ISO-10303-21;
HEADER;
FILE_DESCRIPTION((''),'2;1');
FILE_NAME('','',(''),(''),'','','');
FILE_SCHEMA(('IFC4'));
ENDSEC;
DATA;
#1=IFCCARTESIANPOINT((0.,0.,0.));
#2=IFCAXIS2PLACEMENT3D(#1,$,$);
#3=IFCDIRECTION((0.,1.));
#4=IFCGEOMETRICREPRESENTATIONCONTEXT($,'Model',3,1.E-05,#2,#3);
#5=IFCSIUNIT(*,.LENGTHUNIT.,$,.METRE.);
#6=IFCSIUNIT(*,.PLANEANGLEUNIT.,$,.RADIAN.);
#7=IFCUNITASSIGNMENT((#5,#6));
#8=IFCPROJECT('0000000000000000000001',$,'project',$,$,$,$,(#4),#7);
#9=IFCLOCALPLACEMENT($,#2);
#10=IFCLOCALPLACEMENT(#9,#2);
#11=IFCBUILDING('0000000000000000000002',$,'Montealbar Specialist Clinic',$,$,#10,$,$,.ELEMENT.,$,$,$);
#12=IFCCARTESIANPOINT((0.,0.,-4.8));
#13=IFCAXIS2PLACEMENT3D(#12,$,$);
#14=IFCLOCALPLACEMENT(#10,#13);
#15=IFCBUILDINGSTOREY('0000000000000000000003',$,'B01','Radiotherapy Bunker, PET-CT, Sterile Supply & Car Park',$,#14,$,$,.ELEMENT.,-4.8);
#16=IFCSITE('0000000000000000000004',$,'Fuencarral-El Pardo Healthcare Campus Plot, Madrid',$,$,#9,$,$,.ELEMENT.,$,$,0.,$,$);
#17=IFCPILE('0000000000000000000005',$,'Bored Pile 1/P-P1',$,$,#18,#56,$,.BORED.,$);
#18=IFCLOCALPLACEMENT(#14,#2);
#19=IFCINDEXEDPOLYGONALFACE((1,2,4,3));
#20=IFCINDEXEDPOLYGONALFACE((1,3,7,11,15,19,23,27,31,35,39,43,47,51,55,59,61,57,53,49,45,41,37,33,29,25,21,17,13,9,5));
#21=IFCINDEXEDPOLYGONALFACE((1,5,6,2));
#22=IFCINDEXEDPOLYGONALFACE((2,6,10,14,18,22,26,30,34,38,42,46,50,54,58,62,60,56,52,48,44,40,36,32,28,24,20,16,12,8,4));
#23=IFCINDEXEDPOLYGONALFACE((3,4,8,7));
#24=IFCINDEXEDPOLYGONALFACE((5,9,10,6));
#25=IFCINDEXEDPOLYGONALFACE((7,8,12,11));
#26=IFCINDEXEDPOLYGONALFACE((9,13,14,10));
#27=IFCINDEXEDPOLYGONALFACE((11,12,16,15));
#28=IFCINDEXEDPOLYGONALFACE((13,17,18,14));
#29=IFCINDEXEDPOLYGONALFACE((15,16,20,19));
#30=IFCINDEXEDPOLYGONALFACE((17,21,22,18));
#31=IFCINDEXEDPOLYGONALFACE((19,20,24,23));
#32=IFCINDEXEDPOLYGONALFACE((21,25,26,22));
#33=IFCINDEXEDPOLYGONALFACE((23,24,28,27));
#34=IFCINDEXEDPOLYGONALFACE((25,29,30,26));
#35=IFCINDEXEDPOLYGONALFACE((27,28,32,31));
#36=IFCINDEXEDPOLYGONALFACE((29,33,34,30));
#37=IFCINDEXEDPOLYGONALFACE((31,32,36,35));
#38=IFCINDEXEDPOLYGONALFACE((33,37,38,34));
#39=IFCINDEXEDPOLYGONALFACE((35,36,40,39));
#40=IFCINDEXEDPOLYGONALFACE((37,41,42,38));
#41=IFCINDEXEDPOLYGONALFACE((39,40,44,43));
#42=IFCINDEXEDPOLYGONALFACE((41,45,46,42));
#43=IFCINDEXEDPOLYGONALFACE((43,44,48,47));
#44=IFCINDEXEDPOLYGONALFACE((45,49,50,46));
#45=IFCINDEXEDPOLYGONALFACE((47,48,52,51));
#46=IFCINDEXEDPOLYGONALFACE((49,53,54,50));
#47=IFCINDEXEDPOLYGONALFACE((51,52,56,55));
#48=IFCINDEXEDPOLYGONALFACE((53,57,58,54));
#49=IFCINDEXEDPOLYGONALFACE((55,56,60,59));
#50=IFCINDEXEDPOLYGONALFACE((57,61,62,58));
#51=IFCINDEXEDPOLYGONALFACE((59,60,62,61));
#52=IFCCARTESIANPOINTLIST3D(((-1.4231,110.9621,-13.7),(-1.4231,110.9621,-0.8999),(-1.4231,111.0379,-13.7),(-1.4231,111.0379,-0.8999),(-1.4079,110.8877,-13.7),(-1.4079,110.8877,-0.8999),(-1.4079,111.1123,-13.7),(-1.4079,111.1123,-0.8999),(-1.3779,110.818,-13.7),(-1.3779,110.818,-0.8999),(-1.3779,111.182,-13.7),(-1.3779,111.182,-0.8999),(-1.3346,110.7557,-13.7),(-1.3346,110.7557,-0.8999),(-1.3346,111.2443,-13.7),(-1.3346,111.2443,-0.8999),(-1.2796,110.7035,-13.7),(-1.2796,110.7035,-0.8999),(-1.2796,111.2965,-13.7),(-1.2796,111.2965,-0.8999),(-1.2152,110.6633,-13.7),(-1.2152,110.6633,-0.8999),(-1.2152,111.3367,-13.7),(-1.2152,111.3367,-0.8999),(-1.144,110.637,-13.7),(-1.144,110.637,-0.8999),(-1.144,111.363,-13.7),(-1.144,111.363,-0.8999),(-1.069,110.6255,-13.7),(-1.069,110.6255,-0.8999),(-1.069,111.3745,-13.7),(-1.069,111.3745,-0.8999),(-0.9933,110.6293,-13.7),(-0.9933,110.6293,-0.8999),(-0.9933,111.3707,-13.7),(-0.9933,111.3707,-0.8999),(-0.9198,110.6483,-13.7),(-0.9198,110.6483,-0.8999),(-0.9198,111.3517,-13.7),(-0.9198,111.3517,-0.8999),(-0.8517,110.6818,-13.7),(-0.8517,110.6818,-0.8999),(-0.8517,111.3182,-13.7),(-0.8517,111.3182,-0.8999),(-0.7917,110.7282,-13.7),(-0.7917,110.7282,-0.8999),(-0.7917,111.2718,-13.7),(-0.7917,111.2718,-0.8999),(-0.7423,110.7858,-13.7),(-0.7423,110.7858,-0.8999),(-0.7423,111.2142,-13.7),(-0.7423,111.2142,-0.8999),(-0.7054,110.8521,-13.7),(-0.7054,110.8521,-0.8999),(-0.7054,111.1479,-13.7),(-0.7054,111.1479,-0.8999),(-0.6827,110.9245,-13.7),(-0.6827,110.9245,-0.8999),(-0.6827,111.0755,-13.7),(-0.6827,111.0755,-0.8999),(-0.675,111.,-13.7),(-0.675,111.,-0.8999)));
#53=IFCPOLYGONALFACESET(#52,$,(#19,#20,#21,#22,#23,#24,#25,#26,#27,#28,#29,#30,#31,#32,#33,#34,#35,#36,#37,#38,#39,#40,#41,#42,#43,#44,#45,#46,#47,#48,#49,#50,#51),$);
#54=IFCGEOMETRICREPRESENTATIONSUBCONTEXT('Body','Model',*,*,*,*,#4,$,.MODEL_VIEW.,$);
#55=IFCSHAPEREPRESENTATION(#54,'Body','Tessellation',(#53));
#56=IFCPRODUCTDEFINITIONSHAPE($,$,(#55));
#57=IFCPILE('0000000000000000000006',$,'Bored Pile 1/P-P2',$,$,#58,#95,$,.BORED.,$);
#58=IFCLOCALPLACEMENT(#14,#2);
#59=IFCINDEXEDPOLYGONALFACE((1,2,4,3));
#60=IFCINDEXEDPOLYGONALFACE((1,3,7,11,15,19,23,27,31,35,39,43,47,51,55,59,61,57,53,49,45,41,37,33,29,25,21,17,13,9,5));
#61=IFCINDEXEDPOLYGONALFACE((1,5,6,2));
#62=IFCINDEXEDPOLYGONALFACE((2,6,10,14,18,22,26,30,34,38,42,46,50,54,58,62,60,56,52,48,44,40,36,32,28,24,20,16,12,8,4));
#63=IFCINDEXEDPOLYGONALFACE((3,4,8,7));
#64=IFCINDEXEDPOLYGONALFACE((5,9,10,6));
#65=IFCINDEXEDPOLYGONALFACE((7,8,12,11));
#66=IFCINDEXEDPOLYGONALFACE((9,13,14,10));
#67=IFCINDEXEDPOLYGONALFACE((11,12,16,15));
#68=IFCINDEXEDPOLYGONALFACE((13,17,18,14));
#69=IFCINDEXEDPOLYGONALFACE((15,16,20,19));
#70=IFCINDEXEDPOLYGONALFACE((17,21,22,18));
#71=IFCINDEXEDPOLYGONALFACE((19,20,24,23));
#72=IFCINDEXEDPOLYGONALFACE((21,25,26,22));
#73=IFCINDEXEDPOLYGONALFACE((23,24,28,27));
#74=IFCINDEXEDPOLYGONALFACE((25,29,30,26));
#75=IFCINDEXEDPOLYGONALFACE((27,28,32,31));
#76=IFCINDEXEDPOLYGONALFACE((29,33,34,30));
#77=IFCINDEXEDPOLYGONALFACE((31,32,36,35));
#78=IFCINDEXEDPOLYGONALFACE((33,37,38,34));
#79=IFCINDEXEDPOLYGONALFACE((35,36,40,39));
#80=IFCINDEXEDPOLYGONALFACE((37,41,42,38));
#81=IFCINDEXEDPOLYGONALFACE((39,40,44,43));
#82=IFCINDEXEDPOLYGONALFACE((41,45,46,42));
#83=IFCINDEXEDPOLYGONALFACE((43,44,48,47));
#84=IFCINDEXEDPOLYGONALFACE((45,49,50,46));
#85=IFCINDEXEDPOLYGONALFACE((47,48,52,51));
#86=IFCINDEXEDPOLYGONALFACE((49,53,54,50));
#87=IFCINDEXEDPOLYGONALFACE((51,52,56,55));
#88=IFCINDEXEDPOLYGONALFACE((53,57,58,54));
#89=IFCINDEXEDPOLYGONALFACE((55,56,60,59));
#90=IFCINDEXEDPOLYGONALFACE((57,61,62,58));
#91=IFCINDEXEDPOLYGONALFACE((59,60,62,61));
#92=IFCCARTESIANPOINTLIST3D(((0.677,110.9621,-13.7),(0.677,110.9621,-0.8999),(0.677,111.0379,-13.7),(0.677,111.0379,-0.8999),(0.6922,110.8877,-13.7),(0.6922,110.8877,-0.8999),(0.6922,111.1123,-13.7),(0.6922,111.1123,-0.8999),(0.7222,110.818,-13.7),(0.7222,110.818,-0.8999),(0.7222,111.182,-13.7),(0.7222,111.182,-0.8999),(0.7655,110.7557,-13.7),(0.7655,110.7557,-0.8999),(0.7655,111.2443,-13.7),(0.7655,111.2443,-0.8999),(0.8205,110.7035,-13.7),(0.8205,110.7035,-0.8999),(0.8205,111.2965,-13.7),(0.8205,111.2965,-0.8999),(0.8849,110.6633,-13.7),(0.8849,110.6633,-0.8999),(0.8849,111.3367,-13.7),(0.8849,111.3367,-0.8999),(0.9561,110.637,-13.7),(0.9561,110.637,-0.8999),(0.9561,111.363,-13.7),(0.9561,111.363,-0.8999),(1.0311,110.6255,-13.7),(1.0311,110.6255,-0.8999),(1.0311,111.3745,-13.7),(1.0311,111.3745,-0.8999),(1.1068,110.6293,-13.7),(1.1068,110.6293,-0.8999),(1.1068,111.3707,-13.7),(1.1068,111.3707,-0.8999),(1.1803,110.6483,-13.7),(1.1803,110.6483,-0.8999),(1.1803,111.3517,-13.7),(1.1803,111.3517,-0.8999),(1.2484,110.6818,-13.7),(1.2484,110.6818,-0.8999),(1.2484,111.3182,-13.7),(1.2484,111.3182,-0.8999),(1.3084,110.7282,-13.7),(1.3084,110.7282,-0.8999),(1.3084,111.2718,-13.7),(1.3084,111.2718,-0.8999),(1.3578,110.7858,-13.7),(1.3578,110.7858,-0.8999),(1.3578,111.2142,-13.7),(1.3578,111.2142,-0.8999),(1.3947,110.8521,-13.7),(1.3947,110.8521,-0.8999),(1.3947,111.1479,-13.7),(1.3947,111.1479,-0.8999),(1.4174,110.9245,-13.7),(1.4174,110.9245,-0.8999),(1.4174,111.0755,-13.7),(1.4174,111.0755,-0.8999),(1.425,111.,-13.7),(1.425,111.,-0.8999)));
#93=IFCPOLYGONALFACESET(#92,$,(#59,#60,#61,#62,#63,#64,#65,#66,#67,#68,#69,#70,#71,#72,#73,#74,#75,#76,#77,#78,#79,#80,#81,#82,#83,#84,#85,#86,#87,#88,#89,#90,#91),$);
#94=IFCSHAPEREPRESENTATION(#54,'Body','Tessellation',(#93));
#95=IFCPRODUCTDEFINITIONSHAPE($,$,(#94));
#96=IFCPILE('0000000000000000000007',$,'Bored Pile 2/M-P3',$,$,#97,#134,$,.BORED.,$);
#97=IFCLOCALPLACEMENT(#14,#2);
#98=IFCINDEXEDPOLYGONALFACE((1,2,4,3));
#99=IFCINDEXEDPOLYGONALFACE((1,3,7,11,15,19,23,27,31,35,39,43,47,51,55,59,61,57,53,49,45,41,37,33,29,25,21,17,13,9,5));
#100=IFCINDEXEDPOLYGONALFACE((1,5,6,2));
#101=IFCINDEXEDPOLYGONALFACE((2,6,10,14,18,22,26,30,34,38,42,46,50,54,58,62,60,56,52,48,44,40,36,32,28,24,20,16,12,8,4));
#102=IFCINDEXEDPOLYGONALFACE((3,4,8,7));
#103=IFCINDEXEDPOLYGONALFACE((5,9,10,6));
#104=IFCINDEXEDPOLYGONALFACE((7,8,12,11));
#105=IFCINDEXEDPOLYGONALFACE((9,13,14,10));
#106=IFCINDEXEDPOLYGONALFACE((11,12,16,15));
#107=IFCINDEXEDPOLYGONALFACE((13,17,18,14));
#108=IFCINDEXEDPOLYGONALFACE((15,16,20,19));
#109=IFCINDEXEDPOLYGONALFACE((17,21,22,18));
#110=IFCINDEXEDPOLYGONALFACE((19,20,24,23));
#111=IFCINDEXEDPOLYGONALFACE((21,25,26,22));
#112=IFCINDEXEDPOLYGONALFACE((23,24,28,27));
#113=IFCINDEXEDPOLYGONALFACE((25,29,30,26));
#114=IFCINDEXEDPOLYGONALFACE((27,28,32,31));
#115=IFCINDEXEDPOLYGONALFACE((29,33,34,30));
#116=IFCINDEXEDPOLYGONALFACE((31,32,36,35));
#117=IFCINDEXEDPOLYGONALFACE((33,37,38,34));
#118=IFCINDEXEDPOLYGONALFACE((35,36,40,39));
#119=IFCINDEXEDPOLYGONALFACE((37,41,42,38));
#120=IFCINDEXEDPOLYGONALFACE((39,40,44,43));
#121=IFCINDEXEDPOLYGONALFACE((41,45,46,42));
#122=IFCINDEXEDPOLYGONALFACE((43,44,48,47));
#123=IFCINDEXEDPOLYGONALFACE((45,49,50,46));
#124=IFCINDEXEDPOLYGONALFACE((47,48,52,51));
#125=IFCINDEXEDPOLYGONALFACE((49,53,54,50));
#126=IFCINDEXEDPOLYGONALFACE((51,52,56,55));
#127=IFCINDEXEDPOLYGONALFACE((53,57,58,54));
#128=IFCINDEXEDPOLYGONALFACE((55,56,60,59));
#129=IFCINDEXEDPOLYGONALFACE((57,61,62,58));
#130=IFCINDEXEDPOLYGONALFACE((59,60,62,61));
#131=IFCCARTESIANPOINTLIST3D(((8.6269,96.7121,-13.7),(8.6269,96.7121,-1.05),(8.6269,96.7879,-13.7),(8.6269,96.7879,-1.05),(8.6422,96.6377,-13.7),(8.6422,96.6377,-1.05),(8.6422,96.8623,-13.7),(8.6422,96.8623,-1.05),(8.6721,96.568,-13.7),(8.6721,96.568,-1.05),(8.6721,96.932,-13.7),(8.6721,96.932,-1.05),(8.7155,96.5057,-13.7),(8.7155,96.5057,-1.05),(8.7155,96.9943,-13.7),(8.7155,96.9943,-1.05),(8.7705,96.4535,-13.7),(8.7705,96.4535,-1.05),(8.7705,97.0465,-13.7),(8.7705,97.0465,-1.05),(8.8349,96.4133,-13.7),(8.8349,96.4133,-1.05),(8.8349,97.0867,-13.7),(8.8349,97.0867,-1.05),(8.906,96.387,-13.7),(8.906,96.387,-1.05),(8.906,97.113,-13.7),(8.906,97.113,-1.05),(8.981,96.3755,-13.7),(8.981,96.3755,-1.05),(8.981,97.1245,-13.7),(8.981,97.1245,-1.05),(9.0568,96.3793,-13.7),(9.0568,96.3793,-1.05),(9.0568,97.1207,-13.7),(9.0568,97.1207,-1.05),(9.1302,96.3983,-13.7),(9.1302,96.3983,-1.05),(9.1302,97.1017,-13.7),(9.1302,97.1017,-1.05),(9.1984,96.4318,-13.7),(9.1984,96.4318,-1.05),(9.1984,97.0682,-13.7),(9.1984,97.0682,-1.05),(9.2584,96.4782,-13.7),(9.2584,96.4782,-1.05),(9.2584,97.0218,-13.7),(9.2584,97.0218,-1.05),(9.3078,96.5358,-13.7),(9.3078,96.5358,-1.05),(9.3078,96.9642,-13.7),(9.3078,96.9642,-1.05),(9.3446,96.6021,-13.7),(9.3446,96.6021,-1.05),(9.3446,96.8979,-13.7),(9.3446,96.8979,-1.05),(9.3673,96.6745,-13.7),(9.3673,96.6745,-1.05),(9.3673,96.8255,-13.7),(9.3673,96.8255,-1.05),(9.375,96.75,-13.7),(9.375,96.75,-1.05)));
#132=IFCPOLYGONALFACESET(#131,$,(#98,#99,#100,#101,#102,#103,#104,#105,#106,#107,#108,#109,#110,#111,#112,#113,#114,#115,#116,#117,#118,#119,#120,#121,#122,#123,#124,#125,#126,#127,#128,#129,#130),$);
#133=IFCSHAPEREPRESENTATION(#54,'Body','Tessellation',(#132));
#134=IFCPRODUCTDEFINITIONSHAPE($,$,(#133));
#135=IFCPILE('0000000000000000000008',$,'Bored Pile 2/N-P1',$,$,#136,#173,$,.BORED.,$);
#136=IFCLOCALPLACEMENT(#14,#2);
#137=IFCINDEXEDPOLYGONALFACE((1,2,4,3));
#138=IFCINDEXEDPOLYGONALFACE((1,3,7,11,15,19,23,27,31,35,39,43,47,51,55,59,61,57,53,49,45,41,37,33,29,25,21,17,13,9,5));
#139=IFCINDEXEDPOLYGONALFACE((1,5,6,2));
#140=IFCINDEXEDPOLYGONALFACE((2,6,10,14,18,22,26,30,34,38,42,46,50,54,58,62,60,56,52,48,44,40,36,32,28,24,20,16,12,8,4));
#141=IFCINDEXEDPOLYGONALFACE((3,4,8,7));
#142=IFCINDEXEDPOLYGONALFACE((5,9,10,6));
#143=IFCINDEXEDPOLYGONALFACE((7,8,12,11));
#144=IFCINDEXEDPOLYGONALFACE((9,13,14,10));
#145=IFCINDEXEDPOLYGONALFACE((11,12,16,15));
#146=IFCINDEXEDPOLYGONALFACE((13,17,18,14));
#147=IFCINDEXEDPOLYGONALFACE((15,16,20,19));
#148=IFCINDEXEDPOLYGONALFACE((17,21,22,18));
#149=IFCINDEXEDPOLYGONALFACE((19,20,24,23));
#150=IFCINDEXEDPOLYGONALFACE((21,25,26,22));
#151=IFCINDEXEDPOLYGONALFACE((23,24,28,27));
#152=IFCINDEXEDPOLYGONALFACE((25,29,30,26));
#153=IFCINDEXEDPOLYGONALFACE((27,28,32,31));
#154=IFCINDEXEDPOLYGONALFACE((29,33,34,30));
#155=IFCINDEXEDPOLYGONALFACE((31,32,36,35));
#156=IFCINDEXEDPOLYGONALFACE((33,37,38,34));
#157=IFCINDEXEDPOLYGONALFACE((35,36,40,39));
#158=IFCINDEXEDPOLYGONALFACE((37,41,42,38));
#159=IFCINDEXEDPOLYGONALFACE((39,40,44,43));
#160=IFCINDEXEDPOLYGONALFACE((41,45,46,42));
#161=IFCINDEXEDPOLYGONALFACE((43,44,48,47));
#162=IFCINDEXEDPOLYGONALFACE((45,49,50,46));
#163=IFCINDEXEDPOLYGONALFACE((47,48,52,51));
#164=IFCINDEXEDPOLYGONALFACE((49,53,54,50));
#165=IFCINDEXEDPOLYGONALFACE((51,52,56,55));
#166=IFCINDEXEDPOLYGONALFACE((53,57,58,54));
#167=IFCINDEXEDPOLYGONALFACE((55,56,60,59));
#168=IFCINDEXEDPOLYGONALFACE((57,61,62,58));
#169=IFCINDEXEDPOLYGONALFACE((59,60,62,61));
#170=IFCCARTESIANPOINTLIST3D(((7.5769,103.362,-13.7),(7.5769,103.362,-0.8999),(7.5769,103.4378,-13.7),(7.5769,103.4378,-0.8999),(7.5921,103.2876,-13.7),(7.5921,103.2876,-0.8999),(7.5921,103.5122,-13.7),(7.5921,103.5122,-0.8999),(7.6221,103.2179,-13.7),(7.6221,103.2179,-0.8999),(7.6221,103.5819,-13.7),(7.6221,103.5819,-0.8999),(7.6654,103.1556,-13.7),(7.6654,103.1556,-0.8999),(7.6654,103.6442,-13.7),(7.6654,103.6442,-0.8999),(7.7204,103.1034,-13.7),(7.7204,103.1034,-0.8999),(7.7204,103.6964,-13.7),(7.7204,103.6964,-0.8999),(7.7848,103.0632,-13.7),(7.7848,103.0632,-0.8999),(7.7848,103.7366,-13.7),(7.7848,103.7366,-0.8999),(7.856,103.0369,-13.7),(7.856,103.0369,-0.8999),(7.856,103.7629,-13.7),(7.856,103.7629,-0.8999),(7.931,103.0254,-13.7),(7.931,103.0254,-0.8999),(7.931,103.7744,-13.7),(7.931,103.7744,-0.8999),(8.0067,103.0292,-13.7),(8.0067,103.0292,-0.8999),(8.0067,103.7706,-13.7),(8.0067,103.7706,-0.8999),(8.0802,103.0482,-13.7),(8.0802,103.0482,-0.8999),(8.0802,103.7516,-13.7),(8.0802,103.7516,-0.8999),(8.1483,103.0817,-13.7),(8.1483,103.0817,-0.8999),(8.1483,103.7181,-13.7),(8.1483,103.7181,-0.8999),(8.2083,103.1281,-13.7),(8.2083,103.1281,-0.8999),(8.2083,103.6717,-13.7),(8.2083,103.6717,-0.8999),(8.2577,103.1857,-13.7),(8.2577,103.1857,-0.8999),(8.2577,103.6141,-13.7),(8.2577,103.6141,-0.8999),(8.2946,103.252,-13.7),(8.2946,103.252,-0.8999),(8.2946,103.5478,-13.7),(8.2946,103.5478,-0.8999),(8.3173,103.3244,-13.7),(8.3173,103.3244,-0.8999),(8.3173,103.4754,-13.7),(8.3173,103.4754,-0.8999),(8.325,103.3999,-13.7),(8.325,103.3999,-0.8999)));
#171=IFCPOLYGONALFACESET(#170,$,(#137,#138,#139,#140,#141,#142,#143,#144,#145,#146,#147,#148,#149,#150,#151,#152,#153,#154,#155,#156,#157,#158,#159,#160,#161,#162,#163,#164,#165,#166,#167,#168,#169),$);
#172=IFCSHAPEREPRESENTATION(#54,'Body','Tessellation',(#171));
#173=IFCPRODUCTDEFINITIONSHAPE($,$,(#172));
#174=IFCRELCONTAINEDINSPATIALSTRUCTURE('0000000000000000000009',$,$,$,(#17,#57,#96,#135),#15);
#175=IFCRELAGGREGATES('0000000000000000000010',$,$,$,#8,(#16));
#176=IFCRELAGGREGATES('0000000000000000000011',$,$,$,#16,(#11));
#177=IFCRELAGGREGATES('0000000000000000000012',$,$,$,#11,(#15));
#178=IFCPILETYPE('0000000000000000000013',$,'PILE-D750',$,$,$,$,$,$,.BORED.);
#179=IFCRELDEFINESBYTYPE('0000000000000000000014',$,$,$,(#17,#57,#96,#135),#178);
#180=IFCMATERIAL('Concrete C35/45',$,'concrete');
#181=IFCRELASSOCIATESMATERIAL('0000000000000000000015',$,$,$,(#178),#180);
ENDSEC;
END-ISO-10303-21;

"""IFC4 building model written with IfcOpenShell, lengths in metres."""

from ifc_helpers import new_model, si_unit, direction, frame, origin, origin_2d, place, context, subcontext, project, spatial, circle, extrude, material, material_profile, profile_set, type_object, element, save


model = new_model("IFC4")

# Units and contexts
model_context = context("Model", 3, precision=1e-05, world=origin(), true_north=direction((0.0, 1.0)))
body_context = subcontext(model_context, "Body", "Model", "MODEL_VIEW")
ifc_project = project(units=[si_unit("LENGTHUNIT", "METRE"), si_unit("PLANEANGLEUNIT", "RADIAN")], contexts=[model_context])

# Site, building, storey
site_placement = place(None, origin())
site = spatial("IfcSite", under=ifc_project, at=site_placement, Name="Fuencarral-El Pardo Healthcare Campus Plot, Madrid", CompositionType="ELEMENT", RefElevation=0.0)
building_placement = place(site_placement, origin())
building = spatial("IfcBuilding", under=site, at=building_placement, Name="Montealbar Specialist Clinic", CompositionType="ELEMENT")
storey_placement = place(building_placement, frame((0.0, 0.0, -4.8)))
storey = spatial("IfcBuildingStorey", under=building, at=storey_placement, Name="B01", Description="Radiotherapy Bunker, PET-CT, Sterile Supply & Car Park", CompositionType="ELEMENT", Elevation=-4.8)

# Shared definitions
ifc_material_1 = material(Name="Concrete C35/45", Category="concrete")

# Piles
ifc_material_profile_1 = material_profile(ifc_material_1, circle(Radius=0.375, at=origin_2d()), Name="PILE D750", Category="concrete")
ifc_profile_set_1 = profile_set([ifc_material_profile_1], Name="Concrete C35/45")
pile_type_1 = type_object("IfcPileType", Name="PILE-D750", PredefinedType="BORED", material=ifc_profile_set_1)
for number, where, z_axis, x_axis, name in (
    (1, (-1.05, 111.0, -0.8999), (0.0, 0.0, -1.0), (1.0, 0.0, 0.0), "Bored Pile 1/P-P1"),
    (2, (1.05, 111.0, -0.8999), (0.0, 0.0, -1.0), (1.0, 0.0, 0.0), "Bored Pile 1/P-P2"),
):
    element("IfcPile", number, at=place(storey_placement, frame(where, z_axis=z_axis, x_axis=x_axis)), inside=storey, type_object=pile_type_1, Name=name, PredefinedType="BORED", context=body_context, shape_type="SweptSolid", body=[
        extrude(circle(Radius=0.375, at=origin_2d()), origin(), (0.0, 0.0, 1.0), 12.8),
    ])
pile_1_placement = place(storey_placement, frame((9.0, 96.75, -1.05), z_axis=(0.0, 0.0, -1.0), x_axis=(1.0, 0.0, 0.0)))
element("IfcPile", 3, at=pile_1_placement, inside=storey, type_object=pile_type_1, Name="Bored Pile 2/M-P3", PredefinedType="BORED", context=body_context, shape_type="SweptSolid", body=[
    extrude(circle(Radius=0.375, at=origin_2d()), origin(), (0.0, 0.0, 1.0), 12.6499),
])
pile_2_placement = place(storey_placement, frame((7.95, 103.3999, -0.8999), z_axis=(0.0, 0.0, -1.0), x_axis=(1.0, 0.0, 0.0)))
element("IfcPile", 4, at=pile_2_placement, inside=storey, type_object=pile_type_1, Name="Bored Pile 2/N-P1", PredefinedType="BORED", context=body_context, shape_type="SweptSolid", body=[
    extrude(circle(Radius=0.375, at=origin_2d()), origin(), (0.0, 0.0, 1.0), 12.8),
])

save(model, "model.ifc")
